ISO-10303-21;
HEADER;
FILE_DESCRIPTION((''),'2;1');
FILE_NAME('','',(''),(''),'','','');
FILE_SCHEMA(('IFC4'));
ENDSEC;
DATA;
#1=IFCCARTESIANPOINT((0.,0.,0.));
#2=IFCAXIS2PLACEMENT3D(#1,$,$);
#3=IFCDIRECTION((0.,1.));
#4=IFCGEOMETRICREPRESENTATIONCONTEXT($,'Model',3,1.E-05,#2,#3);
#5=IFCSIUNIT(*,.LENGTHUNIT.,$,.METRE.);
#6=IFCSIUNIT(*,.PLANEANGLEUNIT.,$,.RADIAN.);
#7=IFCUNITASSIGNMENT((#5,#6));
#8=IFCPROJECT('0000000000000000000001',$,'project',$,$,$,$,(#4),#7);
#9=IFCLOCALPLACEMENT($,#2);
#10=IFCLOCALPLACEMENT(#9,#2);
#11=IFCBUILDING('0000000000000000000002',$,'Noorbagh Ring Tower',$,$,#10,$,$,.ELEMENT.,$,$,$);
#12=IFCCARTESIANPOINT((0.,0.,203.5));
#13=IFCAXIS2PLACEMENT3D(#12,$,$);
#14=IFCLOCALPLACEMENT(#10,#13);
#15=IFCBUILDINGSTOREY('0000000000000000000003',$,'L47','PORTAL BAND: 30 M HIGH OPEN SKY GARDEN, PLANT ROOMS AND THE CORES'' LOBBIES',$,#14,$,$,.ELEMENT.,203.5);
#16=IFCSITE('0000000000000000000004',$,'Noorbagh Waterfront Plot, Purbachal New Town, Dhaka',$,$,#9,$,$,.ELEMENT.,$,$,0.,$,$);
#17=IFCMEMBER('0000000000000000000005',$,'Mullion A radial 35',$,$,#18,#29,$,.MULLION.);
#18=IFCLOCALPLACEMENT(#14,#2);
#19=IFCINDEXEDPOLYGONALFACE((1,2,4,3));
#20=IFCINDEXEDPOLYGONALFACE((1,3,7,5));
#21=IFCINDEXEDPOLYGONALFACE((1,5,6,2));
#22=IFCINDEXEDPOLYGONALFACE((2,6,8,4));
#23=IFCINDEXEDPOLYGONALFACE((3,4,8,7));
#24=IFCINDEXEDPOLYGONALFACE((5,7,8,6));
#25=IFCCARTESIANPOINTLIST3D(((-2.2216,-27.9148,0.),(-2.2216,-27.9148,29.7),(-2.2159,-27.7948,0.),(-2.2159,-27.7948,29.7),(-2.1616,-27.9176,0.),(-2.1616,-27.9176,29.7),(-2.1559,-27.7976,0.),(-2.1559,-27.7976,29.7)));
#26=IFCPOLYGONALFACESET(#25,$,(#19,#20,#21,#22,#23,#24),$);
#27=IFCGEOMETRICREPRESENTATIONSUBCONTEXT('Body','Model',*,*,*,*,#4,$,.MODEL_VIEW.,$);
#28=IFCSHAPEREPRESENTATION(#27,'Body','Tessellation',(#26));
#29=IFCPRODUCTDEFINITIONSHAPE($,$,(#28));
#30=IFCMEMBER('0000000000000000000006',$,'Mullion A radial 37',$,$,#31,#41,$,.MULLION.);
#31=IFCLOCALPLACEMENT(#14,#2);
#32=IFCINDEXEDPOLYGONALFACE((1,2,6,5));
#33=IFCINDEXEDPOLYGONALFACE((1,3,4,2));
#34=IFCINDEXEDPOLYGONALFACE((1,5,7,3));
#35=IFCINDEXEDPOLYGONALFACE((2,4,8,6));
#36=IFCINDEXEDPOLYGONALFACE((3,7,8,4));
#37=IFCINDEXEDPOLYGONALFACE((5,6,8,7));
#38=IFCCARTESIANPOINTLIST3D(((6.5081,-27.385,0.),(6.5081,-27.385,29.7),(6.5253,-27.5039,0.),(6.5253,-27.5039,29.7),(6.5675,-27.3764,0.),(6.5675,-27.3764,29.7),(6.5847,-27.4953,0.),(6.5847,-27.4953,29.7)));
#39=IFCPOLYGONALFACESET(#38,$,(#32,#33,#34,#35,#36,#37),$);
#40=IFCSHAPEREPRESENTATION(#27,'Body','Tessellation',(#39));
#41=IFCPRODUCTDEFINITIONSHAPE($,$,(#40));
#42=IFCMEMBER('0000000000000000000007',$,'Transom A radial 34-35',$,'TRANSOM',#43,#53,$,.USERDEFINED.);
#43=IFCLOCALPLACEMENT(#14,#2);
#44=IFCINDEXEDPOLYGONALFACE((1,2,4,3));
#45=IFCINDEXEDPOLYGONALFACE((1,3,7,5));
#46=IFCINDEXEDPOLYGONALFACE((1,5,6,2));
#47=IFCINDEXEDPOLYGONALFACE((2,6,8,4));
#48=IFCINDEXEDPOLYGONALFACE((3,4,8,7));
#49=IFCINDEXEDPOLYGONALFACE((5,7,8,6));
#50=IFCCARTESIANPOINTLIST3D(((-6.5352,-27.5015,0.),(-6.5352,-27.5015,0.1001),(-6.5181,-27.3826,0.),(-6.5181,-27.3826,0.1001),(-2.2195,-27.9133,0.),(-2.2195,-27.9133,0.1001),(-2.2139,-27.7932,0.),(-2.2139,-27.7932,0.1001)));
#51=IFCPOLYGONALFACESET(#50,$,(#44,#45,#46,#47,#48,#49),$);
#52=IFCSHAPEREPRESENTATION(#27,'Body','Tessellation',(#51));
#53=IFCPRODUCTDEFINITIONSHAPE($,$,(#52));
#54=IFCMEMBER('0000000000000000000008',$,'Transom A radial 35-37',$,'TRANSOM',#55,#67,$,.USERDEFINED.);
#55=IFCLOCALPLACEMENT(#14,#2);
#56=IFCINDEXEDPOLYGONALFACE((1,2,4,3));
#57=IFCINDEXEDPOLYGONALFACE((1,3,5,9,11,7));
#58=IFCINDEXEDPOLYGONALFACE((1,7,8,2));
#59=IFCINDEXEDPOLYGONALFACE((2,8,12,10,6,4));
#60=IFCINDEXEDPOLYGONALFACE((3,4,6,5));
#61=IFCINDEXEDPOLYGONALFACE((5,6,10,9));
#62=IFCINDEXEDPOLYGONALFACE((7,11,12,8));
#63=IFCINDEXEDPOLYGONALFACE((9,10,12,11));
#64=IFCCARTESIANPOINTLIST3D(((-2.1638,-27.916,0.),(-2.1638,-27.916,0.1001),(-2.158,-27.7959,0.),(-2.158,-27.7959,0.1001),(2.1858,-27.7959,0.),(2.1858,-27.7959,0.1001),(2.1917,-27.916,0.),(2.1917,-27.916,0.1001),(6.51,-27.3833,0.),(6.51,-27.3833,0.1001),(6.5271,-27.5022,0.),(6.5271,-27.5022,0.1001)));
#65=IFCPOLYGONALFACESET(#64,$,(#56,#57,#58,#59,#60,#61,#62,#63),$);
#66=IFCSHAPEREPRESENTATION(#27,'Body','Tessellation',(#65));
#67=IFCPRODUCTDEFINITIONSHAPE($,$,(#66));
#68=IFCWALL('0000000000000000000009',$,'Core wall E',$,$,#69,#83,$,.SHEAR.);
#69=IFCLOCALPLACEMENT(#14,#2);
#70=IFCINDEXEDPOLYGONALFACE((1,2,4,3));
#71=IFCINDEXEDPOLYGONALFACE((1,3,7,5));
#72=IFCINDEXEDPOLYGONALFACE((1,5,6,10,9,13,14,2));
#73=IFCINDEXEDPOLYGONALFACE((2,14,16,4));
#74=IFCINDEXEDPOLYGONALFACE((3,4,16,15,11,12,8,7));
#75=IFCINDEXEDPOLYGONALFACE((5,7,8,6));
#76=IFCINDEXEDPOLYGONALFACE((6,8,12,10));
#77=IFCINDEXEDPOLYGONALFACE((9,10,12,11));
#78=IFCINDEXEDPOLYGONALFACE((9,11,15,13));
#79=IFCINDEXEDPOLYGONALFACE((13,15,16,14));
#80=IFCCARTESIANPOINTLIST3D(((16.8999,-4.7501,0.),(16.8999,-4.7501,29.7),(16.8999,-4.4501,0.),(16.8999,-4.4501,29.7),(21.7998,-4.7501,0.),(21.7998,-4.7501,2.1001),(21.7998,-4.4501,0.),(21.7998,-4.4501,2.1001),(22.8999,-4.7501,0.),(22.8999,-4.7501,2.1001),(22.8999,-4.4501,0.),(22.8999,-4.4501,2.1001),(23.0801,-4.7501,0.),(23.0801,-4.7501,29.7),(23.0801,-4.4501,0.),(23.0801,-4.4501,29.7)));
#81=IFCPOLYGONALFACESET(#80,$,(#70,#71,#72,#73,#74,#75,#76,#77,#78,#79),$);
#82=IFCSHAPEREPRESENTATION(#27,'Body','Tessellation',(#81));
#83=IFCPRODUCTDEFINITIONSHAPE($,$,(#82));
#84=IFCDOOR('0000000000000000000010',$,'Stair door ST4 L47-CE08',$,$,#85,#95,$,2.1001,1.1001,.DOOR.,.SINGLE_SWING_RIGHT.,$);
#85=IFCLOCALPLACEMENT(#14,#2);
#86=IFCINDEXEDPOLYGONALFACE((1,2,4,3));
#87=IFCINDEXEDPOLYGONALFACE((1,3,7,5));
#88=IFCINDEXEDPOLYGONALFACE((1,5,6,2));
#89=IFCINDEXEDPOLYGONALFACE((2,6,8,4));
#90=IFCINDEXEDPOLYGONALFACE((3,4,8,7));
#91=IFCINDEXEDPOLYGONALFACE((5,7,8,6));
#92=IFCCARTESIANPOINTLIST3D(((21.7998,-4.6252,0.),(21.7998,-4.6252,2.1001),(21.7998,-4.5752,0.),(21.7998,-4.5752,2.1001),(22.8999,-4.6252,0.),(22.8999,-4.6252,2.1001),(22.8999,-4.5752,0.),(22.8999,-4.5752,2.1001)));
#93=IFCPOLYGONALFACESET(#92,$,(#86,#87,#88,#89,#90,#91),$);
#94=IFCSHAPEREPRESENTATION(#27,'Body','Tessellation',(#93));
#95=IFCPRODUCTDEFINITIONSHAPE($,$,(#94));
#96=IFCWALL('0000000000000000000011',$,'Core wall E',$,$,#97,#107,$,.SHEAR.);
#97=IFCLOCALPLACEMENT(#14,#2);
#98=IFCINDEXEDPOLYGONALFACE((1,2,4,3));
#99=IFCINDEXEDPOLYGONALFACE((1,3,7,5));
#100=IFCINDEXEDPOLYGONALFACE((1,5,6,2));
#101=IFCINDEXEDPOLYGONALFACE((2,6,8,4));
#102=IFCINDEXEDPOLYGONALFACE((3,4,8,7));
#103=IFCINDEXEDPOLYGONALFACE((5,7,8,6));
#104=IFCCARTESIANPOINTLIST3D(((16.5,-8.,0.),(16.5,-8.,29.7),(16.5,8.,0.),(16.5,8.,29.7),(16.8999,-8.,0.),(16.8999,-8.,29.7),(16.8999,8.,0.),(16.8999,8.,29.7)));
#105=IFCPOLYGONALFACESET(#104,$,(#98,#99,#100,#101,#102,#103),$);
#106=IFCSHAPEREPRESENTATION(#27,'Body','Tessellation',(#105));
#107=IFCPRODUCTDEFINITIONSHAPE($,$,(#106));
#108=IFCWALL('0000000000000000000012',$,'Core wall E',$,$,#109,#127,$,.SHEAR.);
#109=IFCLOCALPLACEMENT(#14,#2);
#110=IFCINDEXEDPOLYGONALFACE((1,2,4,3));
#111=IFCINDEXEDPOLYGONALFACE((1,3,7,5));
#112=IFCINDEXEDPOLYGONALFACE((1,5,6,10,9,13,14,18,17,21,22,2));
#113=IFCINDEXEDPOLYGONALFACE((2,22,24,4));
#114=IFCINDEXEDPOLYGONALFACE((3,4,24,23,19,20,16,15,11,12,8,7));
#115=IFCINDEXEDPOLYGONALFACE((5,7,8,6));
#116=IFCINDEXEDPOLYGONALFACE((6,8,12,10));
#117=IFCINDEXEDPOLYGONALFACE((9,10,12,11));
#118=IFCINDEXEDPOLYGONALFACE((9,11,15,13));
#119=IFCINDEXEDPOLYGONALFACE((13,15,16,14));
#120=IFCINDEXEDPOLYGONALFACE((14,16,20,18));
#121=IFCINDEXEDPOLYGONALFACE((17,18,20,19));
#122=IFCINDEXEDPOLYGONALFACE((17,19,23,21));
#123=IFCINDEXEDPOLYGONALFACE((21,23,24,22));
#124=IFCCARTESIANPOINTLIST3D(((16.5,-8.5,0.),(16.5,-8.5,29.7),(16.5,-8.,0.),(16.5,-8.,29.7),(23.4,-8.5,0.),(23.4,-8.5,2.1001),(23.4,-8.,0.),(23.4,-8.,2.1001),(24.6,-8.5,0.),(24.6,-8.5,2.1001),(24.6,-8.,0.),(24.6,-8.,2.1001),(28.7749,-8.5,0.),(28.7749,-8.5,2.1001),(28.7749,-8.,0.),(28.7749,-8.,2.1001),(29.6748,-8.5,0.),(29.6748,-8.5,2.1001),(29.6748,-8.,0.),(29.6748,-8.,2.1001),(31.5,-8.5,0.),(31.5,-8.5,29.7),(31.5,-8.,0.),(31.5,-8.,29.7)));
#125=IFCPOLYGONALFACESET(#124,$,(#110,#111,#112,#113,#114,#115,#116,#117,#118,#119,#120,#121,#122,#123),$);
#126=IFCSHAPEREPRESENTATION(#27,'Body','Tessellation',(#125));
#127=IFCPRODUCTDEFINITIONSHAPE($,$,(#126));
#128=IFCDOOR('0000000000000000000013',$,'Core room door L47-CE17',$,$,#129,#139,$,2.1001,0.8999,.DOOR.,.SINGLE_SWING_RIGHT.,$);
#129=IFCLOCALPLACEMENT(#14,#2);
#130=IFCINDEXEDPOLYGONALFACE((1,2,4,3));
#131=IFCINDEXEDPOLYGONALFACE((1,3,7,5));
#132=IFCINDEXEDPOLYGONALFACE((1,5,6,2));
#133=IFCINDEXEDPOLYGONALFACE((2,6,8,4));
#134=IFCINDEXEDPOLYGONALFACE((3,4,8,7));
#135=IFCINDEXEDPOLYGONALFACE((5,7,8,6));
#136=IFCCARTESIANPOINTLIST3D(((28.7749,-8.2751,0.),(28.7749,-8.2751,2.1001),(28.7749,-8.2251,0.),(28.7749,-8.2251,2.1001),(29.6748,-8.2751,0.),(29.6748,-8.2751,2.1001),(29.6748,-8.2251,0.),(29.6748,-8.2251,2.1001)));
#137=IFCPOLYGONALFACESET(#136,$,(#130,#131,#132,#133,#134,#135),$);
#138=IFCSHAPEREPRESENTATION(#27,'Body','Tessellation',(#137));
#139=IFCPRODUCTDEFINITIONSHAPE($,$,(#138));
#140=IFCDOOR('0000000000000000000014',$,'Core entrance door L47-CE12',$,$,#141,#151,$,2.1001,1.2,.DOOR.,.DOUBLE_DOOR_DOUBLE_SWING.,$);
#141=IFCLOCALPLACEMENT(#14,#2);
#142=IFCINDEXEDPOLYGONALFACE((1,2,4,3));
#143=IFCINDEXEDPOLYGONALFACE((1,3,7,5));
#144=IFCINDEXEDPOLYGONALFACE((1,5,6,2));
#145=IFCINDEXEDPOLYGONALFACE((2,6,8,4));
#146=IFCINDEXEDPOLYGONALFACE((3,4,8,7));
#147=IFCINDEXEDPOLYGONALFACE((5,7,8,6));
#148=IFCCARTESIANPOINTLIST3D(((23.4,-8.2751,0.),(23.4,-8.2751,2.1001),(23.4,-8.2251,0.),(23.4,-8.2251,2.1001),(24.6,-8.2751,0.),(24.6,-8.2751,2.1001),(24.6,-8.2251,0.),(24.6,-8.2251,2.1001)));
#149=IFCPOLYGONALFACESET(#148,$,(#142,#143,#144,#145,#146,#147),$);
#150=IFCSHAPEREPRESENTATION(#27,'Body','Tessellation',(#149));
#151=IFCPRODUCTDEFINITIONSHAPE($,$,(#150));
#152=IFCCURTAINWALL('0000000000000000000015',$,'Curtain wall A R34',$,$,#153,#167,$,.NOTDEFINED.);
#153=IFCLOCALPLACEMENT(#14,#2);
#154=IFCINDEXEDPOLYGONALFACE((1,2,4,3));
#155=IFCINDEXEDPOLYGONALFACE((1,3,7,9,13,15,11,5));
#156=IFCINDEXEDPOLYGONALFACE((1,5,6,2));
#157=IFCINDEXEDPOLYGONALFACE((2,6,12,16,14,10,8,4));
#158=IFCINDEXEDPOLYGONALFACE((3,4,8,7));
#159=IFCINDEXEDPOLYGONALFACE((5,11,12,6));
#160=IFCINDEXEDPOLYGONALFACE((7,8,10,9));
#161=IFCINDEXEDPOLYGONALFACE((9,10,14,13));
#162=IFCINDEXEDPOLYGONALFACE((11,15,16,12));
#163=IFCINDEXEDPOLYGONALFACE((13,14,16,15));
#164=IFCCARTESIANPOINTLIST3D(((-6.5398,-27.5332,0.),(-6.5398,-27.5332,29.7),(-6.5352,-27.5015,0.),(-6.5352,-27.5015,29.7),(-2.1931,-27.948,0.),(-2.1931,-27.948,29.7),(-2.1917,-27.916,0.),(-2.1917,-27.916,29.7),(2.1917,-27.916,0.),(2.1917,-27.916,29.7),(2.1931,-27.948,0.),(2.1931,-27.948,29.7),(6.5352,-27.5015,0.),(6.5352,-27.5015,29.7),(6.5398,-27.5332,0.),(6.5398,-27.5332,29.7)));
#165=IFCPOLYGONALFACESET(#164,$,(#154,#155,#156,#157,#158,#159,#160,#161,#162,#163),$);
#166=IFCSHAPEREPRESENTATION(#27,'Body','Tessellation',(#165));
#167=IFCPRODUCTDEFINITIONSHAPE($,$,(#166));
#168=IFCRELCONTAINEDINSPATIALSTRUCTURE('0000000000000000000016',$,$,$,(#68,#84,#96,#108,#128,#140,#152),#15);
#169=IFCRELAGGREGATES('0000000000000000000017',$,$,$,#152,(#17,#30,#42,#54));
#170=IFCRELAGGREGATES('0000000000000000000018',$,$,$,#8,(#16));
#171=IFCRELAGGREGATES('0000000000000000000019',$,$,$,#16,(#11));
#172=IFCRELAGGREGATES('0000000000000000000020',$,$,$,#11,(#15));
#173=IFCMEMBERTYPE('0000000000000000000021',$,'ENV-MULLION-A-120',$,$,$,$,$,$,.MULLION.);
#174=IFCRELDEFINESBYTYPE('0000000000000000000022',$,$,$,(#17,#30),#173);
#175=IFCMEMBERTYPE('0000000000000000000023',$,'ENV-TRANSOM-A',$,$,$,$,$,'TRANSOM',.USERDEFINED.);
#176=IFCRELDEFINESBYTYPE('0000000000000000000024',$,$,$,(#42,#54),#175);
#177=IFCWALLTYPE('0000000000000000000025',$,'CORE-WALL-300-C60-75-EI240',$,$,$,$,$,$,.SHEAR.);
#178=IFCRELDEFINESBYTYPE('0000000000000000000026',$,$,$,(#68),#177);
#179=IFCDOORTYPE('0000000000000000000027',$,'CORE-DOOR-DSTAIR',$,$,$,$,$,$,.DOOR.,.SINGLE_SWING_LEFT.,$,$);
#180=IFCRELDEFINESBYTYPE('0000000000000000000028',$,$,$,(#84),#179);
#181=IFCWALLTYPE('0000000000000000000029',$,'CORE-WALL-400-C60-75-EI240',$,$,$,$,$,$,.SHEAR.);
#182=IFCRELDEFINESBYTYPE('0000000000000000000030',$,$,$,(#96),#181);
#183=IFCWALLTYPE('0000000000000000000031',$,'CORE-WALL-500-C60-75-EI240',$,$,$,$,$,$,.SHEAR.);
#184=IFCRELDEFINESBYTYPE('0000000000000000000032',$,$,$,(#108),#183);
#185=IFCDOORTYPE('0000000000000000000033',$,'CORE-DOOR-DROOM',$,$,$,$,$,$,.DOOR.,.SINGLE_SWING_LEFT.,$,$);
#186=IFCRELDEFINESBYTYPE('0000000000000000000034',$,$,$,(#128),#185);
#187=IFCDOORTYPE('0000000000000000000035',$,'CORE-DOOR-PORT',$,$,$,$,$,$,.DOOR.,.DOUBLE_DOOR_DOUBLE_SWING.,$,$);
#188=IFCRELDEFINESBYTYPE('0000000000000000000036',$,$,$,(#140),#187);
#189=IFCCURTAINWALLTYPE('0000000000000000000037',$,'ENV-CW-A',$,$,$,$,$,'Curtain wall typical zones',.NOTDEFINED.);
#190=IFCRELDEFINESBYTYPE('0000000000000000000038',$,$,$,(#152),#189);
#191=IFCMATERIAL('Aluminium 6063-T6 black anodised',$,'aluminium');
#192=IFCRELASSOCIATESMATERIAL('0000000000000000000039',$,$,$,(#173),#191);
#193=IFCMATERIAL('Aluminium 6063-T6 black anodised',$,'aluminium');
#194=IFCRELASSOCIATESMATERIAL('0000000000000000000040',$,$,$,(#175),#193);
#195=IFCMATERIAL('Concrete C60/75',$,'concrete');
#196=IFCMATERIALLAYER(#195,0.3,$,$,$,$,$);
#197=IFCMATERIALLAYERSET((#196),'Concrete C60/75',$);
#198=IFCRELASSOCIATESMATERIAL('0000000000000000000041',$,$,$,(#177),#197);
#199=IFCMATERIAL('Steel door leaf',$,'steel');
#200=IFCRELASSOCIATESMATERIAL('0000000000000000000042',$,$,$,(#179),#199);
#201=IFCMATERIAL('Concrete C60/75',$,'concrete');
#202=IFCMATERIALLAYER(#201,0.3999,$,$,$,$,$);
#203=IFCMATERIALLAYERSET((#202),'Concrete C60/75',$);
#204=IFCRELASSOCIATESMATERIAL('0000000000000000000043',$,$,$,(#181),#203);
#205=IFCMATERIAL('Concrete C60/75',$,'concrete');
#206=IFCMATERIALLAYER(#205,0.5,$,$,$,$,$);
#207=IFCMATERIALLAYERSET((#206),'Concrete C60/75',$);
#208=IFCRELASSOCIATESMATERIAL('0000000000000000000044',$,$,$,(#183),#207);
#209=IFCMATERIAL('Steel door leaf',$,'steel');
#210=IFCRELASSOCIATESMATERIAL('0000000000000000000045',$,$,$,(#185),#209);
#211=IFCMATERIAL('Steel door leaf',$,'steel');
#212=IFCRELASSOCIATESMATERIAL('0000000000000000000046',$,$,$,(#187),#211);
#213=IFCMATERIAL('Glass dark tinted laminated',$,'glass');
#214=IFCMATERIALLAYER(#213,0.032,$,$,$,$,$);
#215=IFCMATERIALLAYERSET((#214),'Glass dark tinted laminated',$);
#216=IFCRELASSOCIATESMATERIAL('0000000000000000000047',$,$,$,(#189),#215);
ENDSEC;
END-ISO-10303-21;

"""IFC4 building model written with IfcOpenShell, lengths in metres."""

from ifc_helpers import new_model, si_unit, direction, frame, frame_2d, origin, origin_2d, place, context, subcontext, project, spatial, polyline, rectangle, outline, extrude, material, layer, layer_set, material_profile, profile_set, type_object, element, fill, aggregate, save


model = new_model("IFC4")

# Units and contexts
model_context = context("Model", 3, precision=1e-05, world=origin(), true_north=direction((0.0, 1.0)))
body_context = subcontext(model_context, "Body", "Model", "MODEL_VIEW")
ifc_project = project(units=[si_unit("LENGTHUNIT", "METRE"), si_unit("PLANEANGLEUNIT", "RADIAN")], contexts=[model_context])

# Site, building, storey
site_placement = place(None, origin())
site = spatial("IfcSite", under=ifc_project, at=site_placement, Name="Noorbagh Waterfront Plot, Purbachal New Town, Dhaka", CompositionType="ELEMENT", RefElevation=0.0)
building_placement = place(site_placement, origin())
building = spatial("IfcBuilding", under=site, at=building_placement, Name="Noorbagh Ring Tower", CompositionType="ELEMENT")
storey_placement = place(building_placement, frame((0.0, 0.0, 203.5)))
storey = spatial("IfcBuildingStorey", under=building, at=storey_placement, Name="L47", Description="PORTAL BAND: 30 M HIGH OPEN SKY GARDEN, PLANT ROOMS AND THE CORES' LOBBIES", CompositionType="ELEMENT", Elevation=203.5)

# Members
ifc_material_1 = material(Name="Aluminium 6063-T6 black anodised", Category="aluminium")
ifc_material_profile_1 = material_profile(ifc_material_1, rectangle(XDim=0.1201, YDim=0.0601, at=origin_2d()), Name="120x60")
ifc_profile_set_1 = profile_set([ifc_material_profile_1], Name="Aluminium 6063-T6 black anodised")
member_type_1 = type_object("IfcMemberType", Name="ENV-MULLION-A-120", PredefinedType="MULLION", material=ifc_profile_set_1)
member_1_placement = place(storey_placement, frame((-2.1887, -27.8562, 0.0), z_axis=(0.0, 0.0, 1.0), x_axis=(0.047558, 0.998868, 0.0)))
member_1 = element("IfcMember", 1, at=member_1_placement, type_object=member_type_1, Name="Mullion A radial 35", PredefinedType="MULLION", context=body_context, shape_type="SweptSolid", body=[
    extrude(rectangle(XDim=0.1201, YDim=0.0601, at=origin_2d()), origin(), (0.0, 0.0, 1.0), 29.7),
])
member_2_placement = place(storey_placement, frame((6.5464, -27.4402, 0.0), z_axis=(0.0, 0.0, 1.0), x_axis=(-0.143082, 0.989711, 0.0)))
member_2 = element("IfcMember", 2, at=member_2_placement, type_object=member_type_1, Name="Mullion A radial 37", PredefinedType="MULLION", context=body_context, shape_type="SweptSolid", body=[
    extrude(rectangle(XDim=0.1201, YDim=0.0601, at=origin_2d()), origin(), (0.0, 0.0, 1.0), 29.7),
])
ifc_material_2 = material(Name="Aluminium 6063-T6 black anodised", Category="aluminium")
member_type_2 = type_object("IfcMemberType", Name="ENV-TRANSOM-A", ElementType="TRANSOM", PredefinedType="USERDEFINED", material=ifc_material_2)
member_3_placement = place(storey_placement, origin())
member_3 = element("IfcMember", 3, at=member_3_placement, type_object=member_type_2, Name="Transom A radial 34-35", ObjectType="TRANSOM", PredefinedType="USERDEFINED", context=body_context, shape_type="SweptSolid", body=[
    extrude(outline(polyline([(-6.5352, -27.5015), (-2.2195, -27.9133), (-2.2139, -27.7932), (-6.5181, -27.3826), (-6.5352, -27.5015)])), origin(), (0.0, 0.0, 1.0), 0.1001),
])
member_4_placement = place(storey_placement, origin())
member_4 = element("IfcMember", 4, at=member_4_placement, type_object=member_type_2, Name="Transom A radial 35-37", ObjectType="TRANSOM", PredefinedType="USERDEFINED", context=body_context, shape_type="SweptSolid", body=[
    extrude(outline(polyline([(-2.1638, -27.916), (2.1917, -27.916), (6.5271, -27.5022), (6.51, -27.3833), (2.1858, -27.7959), (-2.158, -27.7959), (-2.1638, -27.916)])), origin(), (0.0, 0.0, 1.0), 0.1001),
])

# Wall, opening, door
ifc_material_3 = material(Name="Concrete C60/75", Category="concrete")
ifc_layer_1 = layer(ifc_material_3, 0.3)
ifc_layer_set_1 = layer_set([ifc_layer_1], Name="Concrete C60/75")
wall_type_1 = type_object("IfcWallType", Name="CORE-WALL-300-C60-75-EI240", PredefinedType="SHEAR", material=ifc_layer_set_1)
wall_1_placement = place(storey_placement, frame((16.8999, -4.6001, 0.0), z_axis=(0.0, 0.0, 1.0), x_axis=(1.0, 0.0, 0.0)))
wall_1 = element("IfcWall", 5, at=wall_1_placement, inside=storey, type_object=wall_type_1, Name="Core wall E", PredefinedType="SHEAR", context=body_context, shape_type="SweptSolid", body=[
    extrude(rectangle(XDim=6.1802, YDim=0.3, at=frame_2d((3.0901, 0.0))), origin(), (0.0, 0.0, 1.0), 29.7),
])
opening_1_placement = place(wall_1_placement, frame((4.8999, 0.0, 0.0)))
opening_1 = element("IfcOpeningElement", 6, at=opening_1_placement, cuts=wall_1, PredefinedType="OPENING", context=body_context, shape_type="SweptSolid", body=[
    extrude(rectangle(XDim=1.1001, YDim=2.1001, at=frame_2d((0.55, 1.05))), frame((0.0, 0.1602, 0.0), z_axis=(0.0, -1.0, 0.0), x_axis=(1.0, 0.0, 0.0)), (0.0, 0.0, 1.0), 0.3201),
])
ifc_material_4 = material(Name="Steel door leaf", Category="steel")
door_type_1 = type_object("IfcDoorType", Name="CORE-DOOR-DSTAIR", OperationType="SINGLE_SWING_LEFT", PredefinedType="DOOR", material=ifc_material_4)
door_1_placement = place(opening_1_placement, origin())
door_1 = element("IfcDoor", 7, at=door_1_placement, inside=storey, type_object=door_type_1, Name="Stair door ST4 L47-CE08", OperationType="SINGLE_SWING_RIGHT", OverallHeight=2.1001, OverallWidth=1.1001, PredefinedType="DOOR", context=body_context, shape_type="SweptSolid", body=[
    extrude(rectangle(XDim=1.1001, YDim=2.1001, at=frame_2d((0.55, 1.05))), frame((0.0, 0.0249, 0.0), z_axis=(0.0, -1.0, 0.0), x_axis=(1.0, 0.0, 0.0)), (0.0, 0.0, 1.0), 0.05),
])
fill(opening_1, door_1)

# Wall
ifc_material_5 = material(Name="Concrete C60/75", Category="concrete")
ifc_layer_2 = layer(ifc_material_5, 0.3999)
ifc_layer_set_2 = layer_set([ifc_layer_2], Name="Concrete C60/75")
wall_type_2 = type_object("IfcWallType", Name="CORE-WALL-400-C60-75-EI240", PredefinedType="SHEAR", material=ifc_layer_set_2)
wall_2_placement = place(storey_placement, frame((16.7, -8.0, 0.0), z_axis=(0.0, 0.0, 1.0), x_axis=(0.0, 1.0, 0.0)))
element("IfcWall", 8, at=wall_2_placement, inside=storey, type_object=wall_type_2, Name="Core wall E", PredefinedType="SHEAR", context=body_context, shape_type="SweptSolid", body=[
    extrude(rectangle(XDim=16.0, YDim=0.3999, at=frame_2d((8.0, 0.0))), origin(), (0.0, 0.0, 1.0), 29.7),
])

# Wall, openings, doors
ifc_material_6 = material(Name="Concrete C60/75", Category="concrete")
ifc_layer_3 = layer(ifc_material_6, 0.5)
ifc_layer_set_3 = layer_set([ifc_layer_3], Name="Concrete C60/75")
wall_type_3 = type_object("IfcWallType", Name="CORE-WALL-500-C60-75-EI240", PredefinedType="SHEAR", material=ifc_layer_set_3)
wall_3_placement = place(storey_placement, frame((16.5, -8.25, 0.0), z_axis=(0.0, 0.0, 1.0), x_axis=(1.0, 0.0, 0.0)))
wall_3 = element("IfcWall", 9, at=wall_3_placement, inside=storey, type_object=wall_type_3, Name="Core wall E", PredefinedType="SHEAR", context=body_context, shape_type="SweptSolid", body=[
    extrude(rectangle(XDim=15.0, YDim=0.5, at=frame_2d((7.5, 0.0))), origin(), (0.0, 0.0, 1.0), 29.7),
])
opening_2_placement = place(wall_3_placement, frame((6.8999, 0.0, 0.0)))
opening_2 = element("IfcOpeningElement", 10, at=opening_2_placement, cuts=wall_3, PredefinedType="OPENING", context=body_context, shape_type="SweptSolid", body=[
    extrude(rectangle(XDim=1.2, YDim=2.1001, at=frame_2d((0.6001, 1.05))), frame((0.0, 0.26, 0.0), z_axis=(0.0, -1.0, 0.0), x_axis=(1.0, 0.0, 0.0)), (0.0, 0.0, 1.0), 0.52),
])
opening_3_placement = place(wall_3_placement, frame((12.2749, 0.0, 0.0)))
opening_3 = element("IfcOpeningElement", 11, at=opening_3_placement, cuts=wall_3, PredefinedType="OPENING", context=body_context, shape_type="SweptSolid", body=[
    extrude(rectangle(XDim=0.8999, YDim=2.1001, at=frame_2d((0.45, 1.05))), frame((0.0, 0.26, 0.0), z_axis=(0.0, -1.0, 0.0), x_axis=(1.0, 0.0, 0.0)), (0.0, 0.0, 1.0), 0.52),
])
ifc_material_7 = material(Name="Steel door leaf", Category="steel")
door_type_2 = type_object("IfcDoorType", Name="CORE-DOOR-DROOM", OperationType="SINGLE_SWING_LEFT", PredefinedType="DOOR", material=ifc_material_7)
door_2_placement = place(opening_3_placement, origin())
door_2 = element("IfcDoor", 12, at=door_2_placement, inside=storey, type_object=door_type_2, Name="Core room door L47-CE17", OperationType="SINGLE_SWING_RIGHT", OverallHeight=2.1001, OverallWidth=0.8999, PredefinedType="DOOR", context=body_context, shape_type="SweptSolid", body=[
    extrude(rectangle(XDim=0.8999, YDim=2.1001, at=frame_2d((0.45, 1.05))), frame((0.0, 0.0249, 0.0), z_axis=(0.0, -1.0, 0.0), x_axis=(1.0, 0.0, 0.0)), (0.0, 0.0, 1.0), 0.05),
])
fill(opening_3, door_2)
ifc_material_8 = material(Name="Steel door leaf", Category="steel")
door_type_3 = type_object("IfcDoorType", Name="CORE-DOOR-PORT", OperationType="DOUBLE_DOOR_DOUBLE_SWING", PredefinedType="DOOR", material=ifc_material_8)
door_3_placement = place(opening_2_placement, origin())
door_3 = element("IfcDoor", 13, at=door_3_placement, inside=storey, type_object=door_type_3, Name="Core entrance door L47-CE12", OperationType="DOUBLE_DOOR_DOUBLE_SWING", OverallHeight=2.1001, OverallWidth=1.2, PredefinedType="DOOR", context=body_context, shape_type="SweptSolid", body=[
    extrude(rectangle(XDim=1.2, YDim=2.1001, at=frame_2d((0.6001, 1.05))), frame((0.0, 0.0249, 0.0), z_axis=(0.0, -1.0, 0.0), x_axis=(1.0, 0.0, 0.0)), (0.0, 0.0, 1.0), 0.05),
])
fill(opening_2, door_3)

# Curtain wall
ifc_material_9 = material(Name="Glass dark tinted laminated", Category="glass")
ifc_layer_4 = layer(ifc_material_9, 0.032)
ifc_layer_set_4 = layer_set([ifc_layer_4], Name="Glass dark tinted laminated")
curtain_wall_type = type_object("IfcCurtainWallType", Name="ENV-CW-A", ElementType="Curtain wall typical zones", PredefinedType="NOTDEFINED", material=ifc_layer_set_4)
curtain_wall_1_placement = place(storey_placement, origin())
curtain_wall_1 = element("IfcCurtainWall", 14, at=curtain_wall_1_placement, inside=storey, type_object=curtain_wall_type, Name="Curtain wall A R34", PredefinedType="NOTDEFINED", context=body_context, shape_type="SweptSolid", body=[
    extrude(outline(polyline([(-6.5398, -27.5332), (-2.1931, -27.948), (2.1931, -27.948), (6.5398, -27.5332), (6.5352, -27.5015), (2.1917, -27.916), (-2.1917, -27.916), (-6.5352, -27.5015), (-6.5398, -27.5332)])), origin(), (0.0, 0.0, 1.0), 29.7),
])
aggregate(curtain_wall_1, [member_1, member_2, member_3, member_4])

save(model, "model.ifc")
